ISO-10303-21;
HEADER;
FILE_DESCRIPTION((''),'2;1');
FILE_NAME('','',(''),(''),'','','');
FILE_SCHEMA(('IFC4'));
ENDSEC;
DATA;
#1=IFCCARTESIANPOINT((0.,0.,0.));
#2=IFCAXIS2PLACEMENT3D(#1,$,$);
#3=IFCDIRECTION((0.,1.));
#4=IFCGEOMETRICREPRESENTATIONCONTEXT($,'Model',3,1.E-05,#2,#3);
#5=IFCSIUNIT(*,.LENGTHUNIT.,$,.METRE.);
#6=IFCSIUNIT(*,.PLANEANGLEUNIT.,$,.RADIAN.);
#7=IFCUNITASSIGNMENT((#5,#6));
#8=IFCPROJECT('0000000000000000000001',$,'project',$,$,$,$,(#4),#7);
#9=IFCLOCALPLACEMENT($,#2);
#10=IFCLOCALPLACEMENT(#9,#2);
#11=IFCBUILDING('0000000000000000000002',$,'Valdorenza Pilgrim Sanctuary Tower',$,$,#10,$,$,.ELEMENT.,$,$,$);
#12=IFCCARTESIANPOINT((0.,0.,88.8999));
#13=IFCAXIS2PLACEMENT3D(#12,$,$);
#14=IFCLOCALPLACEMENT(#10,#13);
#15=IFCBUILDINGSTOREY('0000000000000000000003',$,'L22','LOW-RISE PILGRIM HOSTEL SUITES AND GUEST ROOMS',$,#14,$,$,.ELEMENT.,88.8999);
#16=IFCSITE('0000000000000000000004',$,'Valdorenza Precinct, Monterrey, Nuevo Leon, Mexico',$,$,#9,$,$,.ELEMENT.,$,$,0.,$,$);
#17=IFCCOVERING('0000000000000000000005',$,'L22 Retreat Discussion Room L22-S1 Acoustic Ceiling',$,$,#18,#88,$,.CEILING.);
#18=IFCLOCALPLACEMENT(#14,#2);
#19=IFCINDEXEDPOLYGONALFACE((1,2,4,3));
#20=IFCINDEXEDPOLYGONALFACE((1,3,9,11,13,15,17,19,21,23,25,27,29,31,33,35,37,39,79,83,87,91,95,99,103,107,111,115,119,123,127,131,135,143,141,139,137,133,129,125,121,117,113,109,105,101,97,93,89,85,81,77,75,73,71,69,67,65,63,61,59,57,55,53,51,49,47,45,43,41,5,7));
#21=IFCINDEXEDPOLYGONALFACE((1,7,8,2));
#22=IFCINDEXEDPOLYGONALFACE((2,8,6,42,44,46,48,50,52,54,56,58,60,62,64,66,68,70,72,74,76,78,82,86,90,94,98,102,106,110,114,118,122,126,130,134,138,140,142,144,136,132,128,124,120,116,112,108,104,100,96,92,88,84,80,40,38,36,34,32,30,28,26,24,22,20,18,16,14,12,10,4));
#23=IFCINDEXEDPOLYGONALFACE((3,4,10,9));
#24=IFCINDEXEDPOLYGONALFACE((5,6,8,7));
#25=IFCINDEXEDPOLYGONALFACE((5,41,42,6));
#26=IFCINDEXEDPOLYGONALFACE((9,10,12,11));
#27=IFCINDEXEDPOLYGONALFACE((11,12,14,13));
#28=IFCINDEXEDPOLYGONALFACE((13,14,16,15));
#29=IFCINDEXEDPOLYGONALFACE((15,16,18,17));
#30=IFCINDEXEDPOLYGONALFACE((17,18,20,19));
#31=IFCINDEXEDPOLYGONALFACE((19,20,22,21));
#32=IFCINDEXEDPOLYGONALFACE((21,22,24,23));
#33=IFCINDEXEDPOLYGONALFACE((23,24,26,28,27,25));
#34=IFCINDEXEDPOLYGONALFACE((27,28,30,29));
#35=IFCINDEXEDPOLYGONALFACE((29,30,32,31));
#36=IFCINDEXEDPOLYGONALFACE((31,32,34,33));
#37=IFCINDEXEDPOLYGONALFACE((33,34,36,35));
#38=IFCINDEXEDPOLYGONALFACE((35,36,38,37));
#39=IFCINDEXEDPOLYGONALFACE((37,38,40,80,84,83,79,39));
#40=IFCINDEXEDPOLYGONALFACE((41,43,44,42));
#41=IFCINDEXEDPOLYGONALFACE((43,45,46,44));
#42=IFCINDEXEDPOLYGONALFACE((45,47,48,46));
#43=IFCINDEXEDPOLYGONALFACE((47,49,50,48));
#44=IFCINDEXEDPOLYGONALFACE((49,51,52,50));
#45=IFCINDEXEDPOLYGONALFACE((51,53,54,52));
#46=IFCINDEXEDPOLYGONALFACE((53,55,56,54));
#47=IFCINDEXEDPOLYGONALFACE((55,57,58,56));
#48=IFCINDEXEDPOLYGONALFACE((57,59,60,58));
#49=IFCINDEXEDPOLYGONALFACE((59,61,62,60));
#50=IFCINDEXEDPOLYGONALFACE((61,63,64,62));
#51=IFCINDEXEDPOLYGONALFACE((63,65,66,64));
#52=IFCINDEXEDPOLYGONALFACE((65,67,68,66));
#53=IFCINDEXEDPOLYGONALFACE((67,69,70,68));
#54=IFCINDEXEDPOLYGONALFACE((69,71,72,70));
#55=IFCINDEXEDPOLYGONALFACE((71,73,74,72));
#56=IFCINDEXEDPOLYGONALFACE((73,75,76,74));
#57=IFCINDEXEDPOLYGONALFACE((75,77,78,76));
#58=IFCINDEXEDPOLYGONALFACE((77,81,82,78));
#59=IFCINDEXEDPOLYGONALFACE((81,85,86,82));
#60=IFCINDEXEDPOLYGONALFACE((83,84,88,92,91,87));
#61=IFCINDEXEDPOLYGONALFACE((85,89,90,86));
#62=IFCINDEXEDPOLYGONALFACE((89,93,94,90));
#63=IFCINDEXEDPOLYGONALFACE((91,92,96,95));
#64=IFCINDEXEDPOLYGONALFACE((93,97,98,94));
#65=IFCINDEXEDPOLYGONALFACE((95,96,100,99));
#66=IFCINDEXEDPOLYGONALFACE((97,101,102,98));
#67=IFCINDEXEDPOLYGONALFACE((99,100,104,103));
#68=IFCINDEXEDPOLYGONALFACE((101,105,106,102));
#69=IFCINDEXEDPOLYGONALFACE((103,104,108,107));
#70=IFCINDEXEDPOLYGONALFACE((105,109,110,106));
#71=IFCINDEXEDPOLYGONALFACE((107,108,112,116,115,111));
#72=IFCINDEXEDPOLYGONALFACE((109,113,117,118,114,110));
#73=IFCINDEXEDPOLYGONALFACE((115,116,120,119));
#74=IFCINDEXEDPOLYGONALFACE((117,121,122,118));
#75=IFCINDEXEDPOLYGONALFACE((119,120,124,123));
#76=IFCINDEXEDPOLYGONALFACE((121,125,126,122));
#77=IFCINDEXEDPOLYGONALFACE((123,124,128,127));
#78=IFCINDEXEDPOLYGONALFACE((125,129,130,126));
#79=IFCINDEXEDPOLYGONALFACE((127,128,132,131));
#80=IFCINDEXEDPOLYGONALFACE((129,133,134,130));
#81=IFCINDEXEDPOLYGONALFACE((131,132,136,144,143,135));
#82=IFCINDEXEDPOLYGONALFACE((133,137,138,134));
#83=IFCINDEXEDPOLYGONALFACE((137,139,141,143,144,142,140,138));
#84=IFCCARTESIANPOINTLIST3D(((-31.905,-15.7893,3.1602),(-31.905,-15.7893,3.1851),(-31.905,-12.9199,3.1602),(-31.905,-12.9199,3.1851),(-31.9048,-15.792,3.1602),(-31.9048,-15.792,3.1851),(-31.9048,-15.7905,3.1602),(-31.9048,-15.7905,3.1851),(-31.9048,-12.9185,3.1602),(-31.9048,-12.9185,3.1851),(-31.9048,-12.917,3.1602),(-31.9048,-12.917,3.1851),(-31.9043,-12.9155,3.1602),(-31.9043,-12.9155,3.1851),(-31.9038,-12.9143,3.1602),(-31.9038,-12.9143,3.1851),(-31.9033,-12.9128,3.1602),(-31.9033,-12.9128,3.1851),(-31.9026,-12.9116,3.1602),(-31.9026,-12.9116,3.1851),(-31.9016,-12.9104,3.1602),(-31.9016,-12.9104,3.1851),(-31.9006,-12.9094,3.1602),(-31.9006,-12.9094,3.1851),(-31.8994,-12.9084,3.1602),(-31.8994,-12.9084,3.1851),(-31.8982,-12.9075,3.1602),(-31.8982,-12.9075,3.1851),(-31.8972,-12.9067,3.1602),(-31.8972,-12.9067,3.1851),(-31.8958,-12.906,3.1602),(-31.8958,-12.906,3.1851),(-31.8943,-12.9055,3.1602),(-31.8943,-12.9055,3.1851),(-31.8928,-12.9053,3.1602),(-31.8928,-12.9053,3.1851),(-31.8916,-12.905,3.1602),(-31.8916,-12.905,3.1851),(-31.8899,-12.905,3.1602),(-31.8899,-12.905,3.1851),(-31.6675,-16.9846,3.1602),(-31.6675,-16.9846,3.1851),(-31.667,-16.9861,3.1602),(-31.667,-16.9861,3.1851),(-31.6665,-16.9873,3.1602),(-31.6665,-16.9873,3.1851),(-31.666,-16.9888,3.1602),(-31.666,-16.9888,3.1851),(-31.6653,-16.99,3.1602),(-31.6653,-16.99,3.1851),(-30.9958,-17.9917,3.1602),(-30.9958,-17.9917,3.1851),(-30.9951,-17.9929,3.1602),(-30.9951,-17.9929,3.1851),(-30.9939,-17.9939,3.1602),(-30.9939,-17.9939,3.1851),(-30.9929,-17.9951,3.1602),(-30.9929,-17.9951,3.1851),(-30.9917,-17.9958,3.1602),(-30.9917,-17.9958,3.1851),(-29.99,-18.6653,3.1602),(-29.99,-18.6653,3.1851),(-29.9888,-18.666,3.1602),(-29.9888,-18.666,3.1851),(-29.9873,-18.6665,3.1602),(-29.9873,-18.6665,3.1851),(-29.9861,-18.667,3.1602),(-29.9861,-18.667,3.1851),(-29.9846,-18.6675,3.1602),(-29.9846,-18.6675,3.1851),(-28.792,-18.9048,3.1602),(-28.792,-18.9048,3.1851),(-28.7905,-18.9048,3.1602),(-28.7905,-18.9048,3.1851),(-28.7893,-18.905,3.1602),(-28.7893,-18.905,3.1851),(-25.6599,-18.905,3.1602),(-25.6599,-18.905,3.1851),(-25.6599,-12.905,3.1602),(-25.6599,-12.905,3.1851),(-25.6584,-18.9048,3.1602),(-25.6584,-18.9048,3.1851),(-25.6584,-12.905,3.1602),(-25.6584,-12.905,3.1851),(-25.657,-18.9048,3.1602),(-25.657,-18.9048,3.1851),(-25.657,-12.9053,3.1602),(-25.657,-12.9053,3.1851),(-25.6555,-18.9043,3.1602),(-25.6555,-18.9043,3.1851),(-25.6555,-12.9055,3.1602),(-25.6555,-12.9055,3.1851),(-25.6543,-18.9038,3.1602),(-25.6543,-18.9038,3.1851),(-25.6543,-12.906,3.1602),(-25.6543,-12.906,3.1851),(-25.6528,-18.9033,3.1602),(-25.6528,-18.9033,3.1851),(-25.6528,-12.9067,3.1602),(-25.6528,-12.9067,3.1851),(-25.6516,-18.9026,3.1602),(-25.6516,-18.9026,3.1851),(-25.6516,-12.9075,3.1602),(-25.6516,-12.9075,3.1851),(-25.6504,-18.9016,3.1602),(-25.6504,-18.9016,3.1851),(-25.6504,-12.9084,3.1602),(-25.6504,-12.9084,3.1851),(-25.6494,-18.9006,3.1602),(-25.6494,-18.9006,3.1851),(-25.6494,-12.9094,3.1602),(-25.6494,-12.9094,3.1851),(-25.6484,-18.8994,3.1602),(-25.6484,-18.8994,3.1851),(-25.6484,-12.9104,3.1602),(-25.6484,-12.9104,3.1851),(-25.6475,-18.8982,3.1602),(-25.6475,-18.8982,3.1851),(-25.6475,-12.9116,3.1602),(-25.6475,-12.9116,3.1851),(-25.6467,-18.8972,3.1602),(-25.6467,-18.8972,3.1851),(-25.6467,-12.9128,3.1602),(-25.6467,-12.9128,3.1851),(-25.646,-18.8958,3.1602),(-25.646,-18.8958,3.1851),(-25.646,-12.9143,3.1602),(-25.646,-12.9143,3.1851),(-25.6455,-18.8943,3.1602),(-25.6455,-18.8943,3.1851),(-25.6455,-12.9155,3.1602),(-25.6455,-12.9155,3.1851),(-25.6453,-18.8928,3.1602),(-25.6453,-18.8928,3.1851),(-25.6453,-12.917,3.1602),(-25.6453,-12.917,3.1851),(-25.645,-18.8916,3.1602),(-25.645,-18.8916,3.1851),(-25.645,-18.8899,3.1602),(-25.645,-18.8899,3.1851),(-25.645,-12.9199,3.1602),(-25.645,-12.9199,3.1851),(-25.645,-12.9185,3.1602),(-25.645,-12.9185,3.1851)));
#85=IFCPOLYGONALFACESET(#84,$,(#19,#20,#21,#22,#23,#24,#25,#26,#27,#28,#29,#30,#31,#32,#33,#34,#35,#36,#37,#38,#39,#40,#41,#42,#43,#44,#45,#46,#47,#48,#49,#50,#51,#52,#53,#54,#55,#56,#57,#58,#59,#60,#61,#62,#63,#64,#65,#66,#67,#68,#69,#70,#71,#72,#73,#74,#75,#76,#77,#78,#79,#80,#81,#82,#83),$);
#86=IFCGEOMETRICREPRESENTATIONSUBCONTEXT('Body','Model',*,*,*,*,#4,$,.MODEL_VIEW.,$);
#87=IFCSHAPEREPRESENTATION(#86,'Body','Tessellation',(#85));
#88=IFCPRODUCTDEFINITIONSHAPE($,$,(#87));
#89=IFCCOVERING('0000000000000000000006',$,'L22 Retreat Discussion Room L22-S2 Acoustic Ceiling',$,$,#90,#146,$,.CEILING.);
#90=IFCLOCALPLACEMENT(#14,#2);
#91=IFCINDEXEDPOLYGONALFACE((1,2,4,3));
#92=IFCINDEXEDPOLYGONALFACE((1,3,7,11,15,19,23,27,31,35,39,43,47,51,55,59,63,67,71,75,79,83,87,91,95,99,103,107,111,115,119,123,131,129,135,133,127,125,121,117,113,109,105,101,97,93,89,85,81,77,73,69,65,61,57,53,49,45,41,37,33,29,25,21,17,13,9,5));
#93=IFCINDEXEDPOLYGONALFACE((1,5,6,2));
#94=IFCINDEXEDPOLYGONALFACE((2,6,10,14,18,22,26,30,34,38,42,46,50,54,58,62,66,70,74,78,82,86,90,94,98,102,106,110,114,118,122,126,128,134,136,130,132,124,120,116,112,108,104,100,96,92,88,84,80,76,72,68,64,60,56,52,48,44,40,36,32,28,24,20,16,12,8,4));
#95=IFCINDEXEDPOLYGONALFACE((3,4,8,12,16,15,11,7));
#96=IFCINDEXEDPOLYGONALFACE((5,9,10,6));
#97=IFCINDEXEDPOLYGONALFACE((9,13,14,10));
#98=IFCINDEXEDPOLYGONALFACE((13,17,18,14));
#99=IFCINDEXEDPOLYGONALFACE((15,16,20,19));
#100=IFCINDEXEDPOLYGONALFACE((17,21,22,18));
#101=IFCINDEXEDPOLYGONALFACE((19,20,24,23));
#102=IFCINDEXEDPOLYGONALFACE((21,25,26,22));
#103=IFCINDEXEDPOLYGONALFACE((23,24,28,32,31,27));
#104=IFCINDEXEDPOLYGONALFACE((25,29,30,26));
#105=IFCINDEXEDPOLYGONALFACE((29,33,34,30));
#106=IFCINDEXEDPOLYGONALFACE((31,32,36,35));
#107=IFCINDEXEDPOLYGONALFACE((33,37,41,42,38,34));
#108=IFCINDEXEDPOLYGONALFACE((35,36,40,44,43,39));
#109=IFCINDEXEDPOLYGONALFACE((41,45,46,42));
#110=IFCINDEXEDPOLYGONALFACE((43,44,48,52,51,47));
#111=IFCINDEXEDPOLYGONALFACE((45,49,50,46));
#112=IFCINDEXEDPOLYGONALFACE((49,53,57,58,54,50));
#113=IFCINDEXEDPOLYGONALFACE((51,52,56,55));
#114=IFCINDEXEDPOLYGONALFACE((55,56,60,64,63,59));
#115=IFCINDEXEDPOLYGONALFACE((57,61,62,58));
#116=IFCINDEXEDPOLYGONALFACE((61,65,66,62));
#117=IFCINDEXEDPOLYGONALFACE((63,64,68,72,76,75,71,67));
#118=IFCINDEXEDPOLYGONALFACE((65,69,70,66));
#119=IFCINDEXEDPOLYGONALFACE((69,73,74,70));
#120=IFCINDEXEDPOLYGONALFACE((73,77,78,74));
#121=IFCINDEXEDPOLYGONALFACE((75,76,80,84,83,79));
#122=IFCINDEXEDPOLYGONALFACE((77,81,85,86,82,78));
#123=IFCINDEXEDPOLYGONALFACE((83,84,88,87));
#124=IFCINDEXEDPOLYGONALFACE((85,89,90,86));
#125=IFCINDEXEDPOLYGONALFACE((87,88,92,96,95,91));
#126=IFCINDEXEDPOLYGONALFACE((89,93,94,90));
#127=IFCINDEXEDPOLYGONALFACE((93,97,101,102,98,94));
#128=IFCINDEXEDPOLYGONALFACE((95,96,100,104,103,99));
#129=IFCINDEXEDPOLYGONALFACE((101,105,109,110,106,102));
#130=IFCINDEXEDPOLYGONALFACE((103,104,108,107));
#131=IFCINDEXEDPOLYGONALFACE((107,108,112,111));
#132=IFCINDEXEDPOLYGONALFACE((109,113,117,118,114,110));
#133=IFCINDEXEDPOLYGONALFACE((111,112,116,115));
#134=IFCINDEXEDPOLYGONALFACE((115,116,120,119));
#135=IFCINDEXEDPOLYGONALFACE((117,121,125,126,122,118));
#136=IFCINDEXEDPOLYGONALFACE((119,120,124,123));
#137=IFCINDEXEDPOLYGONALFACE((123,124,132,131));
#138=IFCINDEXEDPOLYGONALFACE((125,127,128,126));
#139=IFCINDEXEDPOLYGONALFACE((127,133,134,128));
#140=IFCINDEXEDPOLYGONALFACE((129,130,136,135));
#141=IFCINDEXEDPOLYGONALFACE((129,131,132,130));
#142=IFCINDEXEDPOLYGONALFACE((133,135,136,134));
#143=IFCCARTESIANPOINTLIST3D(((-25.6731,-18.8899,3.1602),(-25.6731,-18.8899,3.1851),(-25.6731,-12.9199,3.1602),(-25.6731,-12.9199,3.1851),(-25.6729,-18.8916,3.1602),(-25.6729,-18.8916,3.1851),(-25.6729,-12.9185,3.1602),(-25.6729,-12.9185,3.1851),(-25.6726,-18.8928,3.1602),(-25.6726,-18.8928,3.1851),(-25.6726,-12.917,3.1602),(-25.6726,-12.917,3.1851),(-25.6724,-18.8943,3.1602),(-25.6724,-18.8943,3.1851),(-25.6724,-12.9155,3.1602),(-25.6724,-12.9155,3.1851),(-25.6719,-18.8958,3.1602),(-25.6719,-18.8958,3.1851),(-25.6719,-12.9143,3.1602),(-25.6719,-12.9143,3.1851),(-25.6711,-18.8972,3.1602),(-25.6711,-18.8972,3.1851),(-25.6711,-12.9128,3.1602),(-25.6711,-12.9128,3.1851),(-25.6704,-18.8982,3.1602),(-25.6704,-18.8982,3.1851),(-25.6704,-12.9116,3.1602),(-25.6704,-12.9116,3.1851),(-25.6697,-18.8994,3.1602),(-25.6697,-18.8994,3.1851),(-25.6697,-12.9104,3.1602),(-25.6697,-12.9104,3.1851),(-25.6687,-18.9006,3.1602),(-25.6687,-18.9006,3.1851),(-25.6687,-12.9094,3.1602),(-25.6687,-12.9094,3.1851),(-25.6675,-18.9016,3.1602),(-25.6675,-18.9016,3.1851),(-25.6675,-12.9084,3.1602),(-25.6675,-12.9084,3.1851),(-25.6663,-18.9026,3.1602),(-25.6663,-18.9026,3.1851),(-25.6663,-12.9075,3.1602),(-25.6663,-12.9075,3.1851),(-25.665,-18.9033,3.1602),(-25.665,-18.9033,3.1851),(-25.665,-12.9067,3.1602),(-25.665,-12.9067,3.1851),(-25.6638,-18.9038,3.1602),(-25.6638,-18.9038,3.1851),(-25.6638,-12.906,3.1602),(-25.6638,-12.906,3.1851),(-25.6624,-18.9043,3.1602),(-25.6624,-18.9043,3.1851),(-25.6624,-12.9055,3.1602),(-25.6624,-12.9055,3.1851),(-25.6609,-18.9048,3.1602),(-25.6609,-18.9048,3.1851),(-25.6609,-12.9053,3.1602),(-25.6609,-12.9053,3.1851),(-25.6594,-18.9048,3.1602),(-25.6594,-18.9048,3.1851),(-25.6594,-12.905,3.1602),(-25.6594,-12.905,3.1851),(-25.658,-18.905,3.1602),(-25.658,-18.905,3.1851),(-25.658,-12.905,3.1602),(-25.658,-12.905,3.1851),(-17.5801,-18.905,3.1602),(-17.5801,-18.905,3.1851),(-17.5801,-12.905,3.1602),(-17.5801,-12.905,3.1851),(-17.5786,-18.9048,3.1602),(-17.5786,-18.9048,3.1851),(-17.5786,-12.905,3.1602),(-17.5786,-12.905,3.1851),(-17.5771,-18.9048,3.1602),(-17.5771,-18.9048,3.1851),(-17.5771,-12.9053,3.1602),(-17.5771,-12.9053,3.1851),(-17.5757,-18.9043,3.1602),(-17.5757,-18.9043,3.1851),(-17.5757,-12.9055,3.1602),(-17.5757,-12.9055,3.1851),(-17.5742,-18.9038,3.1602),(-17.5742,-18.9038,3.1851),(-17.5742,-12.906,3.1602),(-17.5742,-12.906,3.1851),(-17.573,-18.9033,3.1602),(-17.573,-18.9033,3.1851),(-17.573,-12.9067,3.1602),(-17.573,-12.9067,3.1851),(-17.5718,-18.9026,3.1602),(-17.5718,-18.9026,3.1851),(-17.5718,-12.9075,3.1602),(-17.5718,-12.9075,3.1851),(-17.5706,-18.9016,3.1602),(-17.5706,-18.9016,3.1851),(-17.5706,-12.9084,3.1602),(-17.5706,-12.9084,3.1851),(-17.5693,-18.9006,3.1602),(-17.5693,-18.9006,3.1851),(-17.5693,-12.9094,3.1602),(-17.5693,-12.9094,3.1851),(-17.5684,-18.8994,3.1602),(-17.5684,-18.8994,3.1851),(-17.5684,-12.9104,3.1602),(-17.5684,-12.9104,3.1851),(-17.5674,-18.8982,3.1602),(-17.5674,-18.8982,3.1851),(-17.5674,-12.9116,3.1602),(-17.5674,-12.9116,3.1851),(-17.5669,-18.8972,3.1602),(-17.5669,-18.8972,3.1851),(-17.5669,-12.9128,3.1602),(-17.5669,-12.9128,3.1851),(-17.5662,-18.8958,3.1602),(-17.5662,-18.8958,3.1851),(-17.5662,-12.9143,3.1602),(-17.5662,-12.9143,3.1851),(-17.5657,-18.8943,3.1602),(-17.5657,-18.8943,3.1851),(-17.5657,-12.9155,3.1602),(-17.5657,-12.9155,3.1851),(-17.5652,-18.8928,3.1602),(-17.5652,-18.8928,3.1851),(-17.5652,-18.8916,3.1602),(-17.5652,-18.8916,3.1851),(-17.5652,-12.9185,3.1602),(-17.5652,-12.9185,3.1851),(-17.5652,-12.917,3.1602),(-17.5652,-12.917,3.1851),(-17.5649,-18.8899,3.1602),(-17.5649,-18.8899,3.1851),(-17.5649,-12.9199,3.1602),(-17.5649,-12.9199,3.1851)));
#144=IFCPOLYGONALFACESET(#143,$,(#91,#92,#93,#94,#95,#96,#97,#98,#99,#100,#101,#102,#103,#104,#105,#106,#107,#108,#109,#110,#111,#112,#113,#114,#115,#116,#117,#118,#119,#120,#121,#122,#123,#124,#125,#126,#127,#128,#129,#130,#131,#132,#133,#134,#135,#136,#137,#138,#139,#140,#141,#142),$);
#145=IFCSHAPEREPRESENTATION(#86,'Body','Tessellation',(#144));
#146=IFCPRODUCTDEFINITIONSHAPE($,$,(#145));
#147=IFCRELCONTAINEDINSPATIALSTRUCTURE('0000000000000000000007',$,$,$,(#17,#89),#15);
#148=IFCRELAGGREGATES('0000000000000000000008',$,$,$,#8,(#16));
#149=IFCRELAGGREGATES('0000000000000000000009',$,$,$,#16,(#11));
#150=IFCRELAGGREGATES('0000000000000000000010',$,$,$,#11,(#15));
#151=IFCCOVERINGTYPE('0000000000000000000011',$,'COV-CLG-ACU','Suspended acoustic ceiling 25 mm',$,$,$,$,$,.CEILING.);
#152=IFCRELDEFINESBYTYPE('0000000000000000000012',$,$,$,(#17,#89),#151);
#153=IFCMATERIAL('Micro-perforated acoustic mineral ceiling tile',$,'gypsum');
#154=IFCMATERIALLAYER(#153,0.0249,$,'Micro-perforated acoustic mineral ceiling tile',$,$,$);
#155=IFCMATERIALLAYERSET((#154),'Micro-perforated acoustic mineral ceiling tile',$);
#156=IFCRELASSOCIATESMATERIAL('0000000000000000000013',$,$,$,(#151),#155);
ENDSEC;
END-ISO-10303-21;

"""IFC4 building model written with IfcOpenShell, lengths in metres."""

from ifc_helpers import new_model, si_unit, direction, frame, origin, place, context, subcontext, project, spatial, polyline, outline, extrude, material, layer, layer_set, type_object, element, save


model = new_model("IFC4")

# Units and contexts
model_context = context("Model", 3, precision=1e-05, world=origin(), true_north=direction((0.0, 1.0)))
body_context = subcontext(model_context, "Body", "Model", "MODEL_VIEW")
ifc_project = project(units=[si_unit("LENGTHUNIT", "METRE"), si_unit("PLANEANGLEUNIT", "RADIAN")], contexts=[model_context])

# Site, building, storey
site_placement = place(None, origin())
site = spatial("IfcSite", under=ifc_project, at=site_placement, Name="Valdorenza Precinct, Monterrey, Nuevo Leon, Mexico", CompositionType="ELEMENT", RefElevation=0.0)
building_placement = place(site_placement, origin())
building = spatial("IfcBuilding", under=site, at=building_placement, Name="Valdorenza Pilgrim Sanctuary Tower", CompositionType="ELEMENT")
storey_placement = place(building_placement, frame((0.0, 0.0, 88.8999)))
storey = spatial("IfcBuildingStorey", under=building, at=storey_placement, Name="L22", Description="LOW-RISE PILGRIM HOSTEL SUITES AND GUEST ROOMS", CompositionType="ELEMENT", Elevation=88.8999)

# Coverings
ifc_material_1 = material(Name="Micro-perforated acoustic mineral ceiling tile", Category="gypsum")
ifc_layer_1 = layer(ifc_material_1, 0.0249, Name="Micro-perforated acoustic mineral ceiling tile")
ifc_layer_set_1 = layer_set([ifc_layer_1], Name="Micro-perforated acoustic mineral ceiling tile")
covering_type_1 = type_object("IfcCoveringType", Name="COV-CLG-ACU", Description="Suspended acoustic ceiling 25 mm", PredefinedType="CEILING", material=ifc_layer_set_1)
covering_1_placement = place(storey_placement, frame((0.0, 0.0, 3.1602)))
element("IfcCovering", 1, at=covering_1_placement, inside=storey, type_object=covering_type_1, Name="L22 Retreat Discussion Room L22-S1 Acoustic Ceiling", PredefinedType="CEILING", context=body_context, shape_type="SweptSolid", body=[
    extrude(outline(polyline([(-25.645, -18.8899), (-25.645, -18.8916), (-25.6453, -18.8928), (-25.6455, -18.8943), (-25.646, -18.8958), (-25.6467, -18.8972), (-25.6475, -18.8982), (-25.6484, -18.8994), (-25.6494, -18.9006), (-25.6504, -18.9016), (-25.6516, -18.9026), (-25.6528, -18.9033), (-25.6543, -18.9038), (-25.6555, -18.9043), (-25.657, -18.9048), (-25.6584, -18.9048), (-25.6599, -18.905), (-28.7893, -18.905), (-28.7905, -18.9048), (-28.792, -18.9048), (-29.9846, -18.6675), (-29.9861, -18.667), (-29.9873, -18.6665), (-29.9888, -18.666), (-29.99, -18.6653), (-30.9917, -17.9958), (-30.9929, -17.9951), (-30.9939, -17.9939), (-30.9951, -17.9929), (-30.9958, -17.9917), (-31.6653, -16.99), (-31.666, -16.9888), (-31.6665, -16.9873), (-31.667, -16.9861), (-31.6675, -16.9846), (-31.9048, -15.792), (-31.9048, -15.7905), (-31.905, -15.7893), (-31.905, -12.9199), (-31.9048, -12.9185), (-31.9048, -12.917), (-31.9043, -12.9155), (-31.9038, -12.9143), (-31.9033, -12.9128), (-31.9026, -12.9116), (-31.9016, -12.9104), (-31.9006, -12.9094), (-31.8994, -12.9084), (-31.8982, -12.9075), (-31.8972, -12.9067), (-31.8958, -12.906), (-31.8943, -12.9055), (-31.8928, -12.9053), (-31.8916, -12.905), (-31.8899, -12.905), (-25.6599, -12.905), (-25.6584, -12.905), (-25.657, -12.9053), (-25.6555, -12.9055), (-25.6543, -12.906), (-25.6528, -12.9067), (-25.6516, -12.9075), (-25.6504, -12.9084), (-25.6494, -12.9094), (-25.6484, -12.9104), (-25.6475, -12.9116), (-25.6467, -12.9128), (-25.646, -12.9143), (-25.6455, -12.9155), (-25.6453, -12.917), (-25.645, -12.9185), (-25.645, -12.9199), (-25.645, -18.8899)])), origin(), (0.0, 0.0, 1.0), 0.0249),
])
covering_2_placement = place(storey_placement, frame((0.0, 0.0, 3.1602)))
element("IfcCovering", 2, at=covering_2_placement, inside=storey, type_object=covering_type_1, Name="L22 Retreat Discussion Room L22-S2 Acoustic Ceiling", PredefinedType="CEILING", context=body_context, shape_type="SweptSolid", body=[
    extrude(outline(polyline([(-17.5801, -12.905), (-17.5786, -12.905), (-17.5771, -12.9053), (-17.5757, -12.9055), (-17.5742, -12.906), (-17.573, -12.9067), (-17.5718, -12.9075), (-17.5706, -12.9084), (-17.5693, -12.9094), (-17.5684, -12.9104), (-17.5674, -12.9116), (-17.5669, -12.9128), (-17.5662, -12.9143), (-17.5657, -12.9155), (-17.5652, -12.917), (-17.5652, -12.9185), (-17.5649, -12.9199), (-17.5649, -18.8899), (-17.5652, -18.8916), (-17.5652, -18.8928), (-17.5657, -18.8943), (-17.5662, -18.8958), (-17.5669, -18.8972), (-17.5674, -18.8982), (-17.5684, -18.8994), (-17.5693, -18.9006), (-17.5706, -18.9016), (-17.5718, -18.9026), (-17.573, -18.9033), (-17.5742, -18.9038), (-17.5757, -18.9043), (-17.5771, -18.9048), (-17.5786, -18.9048), (-17.5801, -18.905), (-25.658, -18.905), (-25.6594, -18.9048), (-25.6609, -18.9048), (-25.6624, -18.9043), (-25.6638, -18.9038), (-25.665, -18.9033), (-25.6663, -18.9026), (-25.6675, -18.9016), (-25.6687, -18.9006), (-25.6697, -18.8994), (-25.6704, -18.8982), (-25.6711, -18.8972), (-25.6719, -18.8958), (-25.6724, -18.8943), (-25.6726, -18.8928), (-25.6729, -18.8916), (-25.6731, -18.8899), (-25.6731, -12.9199), (-25.6729, -12.9185), (-25.6726, -12.917), (-25.6724, -12.9155), (-25.6719, -12.9143), (-25.6711, -12.9128), (-25.6704, -12.9116), (-25.6697, -12.9104), (-25.6687, -12.9094), (-25.6675, -12.9084), (-25.6663, -12.9075), (-25.665, -12.9067), (-25.6638, -12.906), (-25.6624, -12.9055), (-25.6609, -12.9053), (-25.6594, -12.905), (-25.658, -12.905), (-17.5801, -12.905)])), origin(), (0.0, 0.0, 1.0), 0.0249),
])

save(model, "model.ifc")
